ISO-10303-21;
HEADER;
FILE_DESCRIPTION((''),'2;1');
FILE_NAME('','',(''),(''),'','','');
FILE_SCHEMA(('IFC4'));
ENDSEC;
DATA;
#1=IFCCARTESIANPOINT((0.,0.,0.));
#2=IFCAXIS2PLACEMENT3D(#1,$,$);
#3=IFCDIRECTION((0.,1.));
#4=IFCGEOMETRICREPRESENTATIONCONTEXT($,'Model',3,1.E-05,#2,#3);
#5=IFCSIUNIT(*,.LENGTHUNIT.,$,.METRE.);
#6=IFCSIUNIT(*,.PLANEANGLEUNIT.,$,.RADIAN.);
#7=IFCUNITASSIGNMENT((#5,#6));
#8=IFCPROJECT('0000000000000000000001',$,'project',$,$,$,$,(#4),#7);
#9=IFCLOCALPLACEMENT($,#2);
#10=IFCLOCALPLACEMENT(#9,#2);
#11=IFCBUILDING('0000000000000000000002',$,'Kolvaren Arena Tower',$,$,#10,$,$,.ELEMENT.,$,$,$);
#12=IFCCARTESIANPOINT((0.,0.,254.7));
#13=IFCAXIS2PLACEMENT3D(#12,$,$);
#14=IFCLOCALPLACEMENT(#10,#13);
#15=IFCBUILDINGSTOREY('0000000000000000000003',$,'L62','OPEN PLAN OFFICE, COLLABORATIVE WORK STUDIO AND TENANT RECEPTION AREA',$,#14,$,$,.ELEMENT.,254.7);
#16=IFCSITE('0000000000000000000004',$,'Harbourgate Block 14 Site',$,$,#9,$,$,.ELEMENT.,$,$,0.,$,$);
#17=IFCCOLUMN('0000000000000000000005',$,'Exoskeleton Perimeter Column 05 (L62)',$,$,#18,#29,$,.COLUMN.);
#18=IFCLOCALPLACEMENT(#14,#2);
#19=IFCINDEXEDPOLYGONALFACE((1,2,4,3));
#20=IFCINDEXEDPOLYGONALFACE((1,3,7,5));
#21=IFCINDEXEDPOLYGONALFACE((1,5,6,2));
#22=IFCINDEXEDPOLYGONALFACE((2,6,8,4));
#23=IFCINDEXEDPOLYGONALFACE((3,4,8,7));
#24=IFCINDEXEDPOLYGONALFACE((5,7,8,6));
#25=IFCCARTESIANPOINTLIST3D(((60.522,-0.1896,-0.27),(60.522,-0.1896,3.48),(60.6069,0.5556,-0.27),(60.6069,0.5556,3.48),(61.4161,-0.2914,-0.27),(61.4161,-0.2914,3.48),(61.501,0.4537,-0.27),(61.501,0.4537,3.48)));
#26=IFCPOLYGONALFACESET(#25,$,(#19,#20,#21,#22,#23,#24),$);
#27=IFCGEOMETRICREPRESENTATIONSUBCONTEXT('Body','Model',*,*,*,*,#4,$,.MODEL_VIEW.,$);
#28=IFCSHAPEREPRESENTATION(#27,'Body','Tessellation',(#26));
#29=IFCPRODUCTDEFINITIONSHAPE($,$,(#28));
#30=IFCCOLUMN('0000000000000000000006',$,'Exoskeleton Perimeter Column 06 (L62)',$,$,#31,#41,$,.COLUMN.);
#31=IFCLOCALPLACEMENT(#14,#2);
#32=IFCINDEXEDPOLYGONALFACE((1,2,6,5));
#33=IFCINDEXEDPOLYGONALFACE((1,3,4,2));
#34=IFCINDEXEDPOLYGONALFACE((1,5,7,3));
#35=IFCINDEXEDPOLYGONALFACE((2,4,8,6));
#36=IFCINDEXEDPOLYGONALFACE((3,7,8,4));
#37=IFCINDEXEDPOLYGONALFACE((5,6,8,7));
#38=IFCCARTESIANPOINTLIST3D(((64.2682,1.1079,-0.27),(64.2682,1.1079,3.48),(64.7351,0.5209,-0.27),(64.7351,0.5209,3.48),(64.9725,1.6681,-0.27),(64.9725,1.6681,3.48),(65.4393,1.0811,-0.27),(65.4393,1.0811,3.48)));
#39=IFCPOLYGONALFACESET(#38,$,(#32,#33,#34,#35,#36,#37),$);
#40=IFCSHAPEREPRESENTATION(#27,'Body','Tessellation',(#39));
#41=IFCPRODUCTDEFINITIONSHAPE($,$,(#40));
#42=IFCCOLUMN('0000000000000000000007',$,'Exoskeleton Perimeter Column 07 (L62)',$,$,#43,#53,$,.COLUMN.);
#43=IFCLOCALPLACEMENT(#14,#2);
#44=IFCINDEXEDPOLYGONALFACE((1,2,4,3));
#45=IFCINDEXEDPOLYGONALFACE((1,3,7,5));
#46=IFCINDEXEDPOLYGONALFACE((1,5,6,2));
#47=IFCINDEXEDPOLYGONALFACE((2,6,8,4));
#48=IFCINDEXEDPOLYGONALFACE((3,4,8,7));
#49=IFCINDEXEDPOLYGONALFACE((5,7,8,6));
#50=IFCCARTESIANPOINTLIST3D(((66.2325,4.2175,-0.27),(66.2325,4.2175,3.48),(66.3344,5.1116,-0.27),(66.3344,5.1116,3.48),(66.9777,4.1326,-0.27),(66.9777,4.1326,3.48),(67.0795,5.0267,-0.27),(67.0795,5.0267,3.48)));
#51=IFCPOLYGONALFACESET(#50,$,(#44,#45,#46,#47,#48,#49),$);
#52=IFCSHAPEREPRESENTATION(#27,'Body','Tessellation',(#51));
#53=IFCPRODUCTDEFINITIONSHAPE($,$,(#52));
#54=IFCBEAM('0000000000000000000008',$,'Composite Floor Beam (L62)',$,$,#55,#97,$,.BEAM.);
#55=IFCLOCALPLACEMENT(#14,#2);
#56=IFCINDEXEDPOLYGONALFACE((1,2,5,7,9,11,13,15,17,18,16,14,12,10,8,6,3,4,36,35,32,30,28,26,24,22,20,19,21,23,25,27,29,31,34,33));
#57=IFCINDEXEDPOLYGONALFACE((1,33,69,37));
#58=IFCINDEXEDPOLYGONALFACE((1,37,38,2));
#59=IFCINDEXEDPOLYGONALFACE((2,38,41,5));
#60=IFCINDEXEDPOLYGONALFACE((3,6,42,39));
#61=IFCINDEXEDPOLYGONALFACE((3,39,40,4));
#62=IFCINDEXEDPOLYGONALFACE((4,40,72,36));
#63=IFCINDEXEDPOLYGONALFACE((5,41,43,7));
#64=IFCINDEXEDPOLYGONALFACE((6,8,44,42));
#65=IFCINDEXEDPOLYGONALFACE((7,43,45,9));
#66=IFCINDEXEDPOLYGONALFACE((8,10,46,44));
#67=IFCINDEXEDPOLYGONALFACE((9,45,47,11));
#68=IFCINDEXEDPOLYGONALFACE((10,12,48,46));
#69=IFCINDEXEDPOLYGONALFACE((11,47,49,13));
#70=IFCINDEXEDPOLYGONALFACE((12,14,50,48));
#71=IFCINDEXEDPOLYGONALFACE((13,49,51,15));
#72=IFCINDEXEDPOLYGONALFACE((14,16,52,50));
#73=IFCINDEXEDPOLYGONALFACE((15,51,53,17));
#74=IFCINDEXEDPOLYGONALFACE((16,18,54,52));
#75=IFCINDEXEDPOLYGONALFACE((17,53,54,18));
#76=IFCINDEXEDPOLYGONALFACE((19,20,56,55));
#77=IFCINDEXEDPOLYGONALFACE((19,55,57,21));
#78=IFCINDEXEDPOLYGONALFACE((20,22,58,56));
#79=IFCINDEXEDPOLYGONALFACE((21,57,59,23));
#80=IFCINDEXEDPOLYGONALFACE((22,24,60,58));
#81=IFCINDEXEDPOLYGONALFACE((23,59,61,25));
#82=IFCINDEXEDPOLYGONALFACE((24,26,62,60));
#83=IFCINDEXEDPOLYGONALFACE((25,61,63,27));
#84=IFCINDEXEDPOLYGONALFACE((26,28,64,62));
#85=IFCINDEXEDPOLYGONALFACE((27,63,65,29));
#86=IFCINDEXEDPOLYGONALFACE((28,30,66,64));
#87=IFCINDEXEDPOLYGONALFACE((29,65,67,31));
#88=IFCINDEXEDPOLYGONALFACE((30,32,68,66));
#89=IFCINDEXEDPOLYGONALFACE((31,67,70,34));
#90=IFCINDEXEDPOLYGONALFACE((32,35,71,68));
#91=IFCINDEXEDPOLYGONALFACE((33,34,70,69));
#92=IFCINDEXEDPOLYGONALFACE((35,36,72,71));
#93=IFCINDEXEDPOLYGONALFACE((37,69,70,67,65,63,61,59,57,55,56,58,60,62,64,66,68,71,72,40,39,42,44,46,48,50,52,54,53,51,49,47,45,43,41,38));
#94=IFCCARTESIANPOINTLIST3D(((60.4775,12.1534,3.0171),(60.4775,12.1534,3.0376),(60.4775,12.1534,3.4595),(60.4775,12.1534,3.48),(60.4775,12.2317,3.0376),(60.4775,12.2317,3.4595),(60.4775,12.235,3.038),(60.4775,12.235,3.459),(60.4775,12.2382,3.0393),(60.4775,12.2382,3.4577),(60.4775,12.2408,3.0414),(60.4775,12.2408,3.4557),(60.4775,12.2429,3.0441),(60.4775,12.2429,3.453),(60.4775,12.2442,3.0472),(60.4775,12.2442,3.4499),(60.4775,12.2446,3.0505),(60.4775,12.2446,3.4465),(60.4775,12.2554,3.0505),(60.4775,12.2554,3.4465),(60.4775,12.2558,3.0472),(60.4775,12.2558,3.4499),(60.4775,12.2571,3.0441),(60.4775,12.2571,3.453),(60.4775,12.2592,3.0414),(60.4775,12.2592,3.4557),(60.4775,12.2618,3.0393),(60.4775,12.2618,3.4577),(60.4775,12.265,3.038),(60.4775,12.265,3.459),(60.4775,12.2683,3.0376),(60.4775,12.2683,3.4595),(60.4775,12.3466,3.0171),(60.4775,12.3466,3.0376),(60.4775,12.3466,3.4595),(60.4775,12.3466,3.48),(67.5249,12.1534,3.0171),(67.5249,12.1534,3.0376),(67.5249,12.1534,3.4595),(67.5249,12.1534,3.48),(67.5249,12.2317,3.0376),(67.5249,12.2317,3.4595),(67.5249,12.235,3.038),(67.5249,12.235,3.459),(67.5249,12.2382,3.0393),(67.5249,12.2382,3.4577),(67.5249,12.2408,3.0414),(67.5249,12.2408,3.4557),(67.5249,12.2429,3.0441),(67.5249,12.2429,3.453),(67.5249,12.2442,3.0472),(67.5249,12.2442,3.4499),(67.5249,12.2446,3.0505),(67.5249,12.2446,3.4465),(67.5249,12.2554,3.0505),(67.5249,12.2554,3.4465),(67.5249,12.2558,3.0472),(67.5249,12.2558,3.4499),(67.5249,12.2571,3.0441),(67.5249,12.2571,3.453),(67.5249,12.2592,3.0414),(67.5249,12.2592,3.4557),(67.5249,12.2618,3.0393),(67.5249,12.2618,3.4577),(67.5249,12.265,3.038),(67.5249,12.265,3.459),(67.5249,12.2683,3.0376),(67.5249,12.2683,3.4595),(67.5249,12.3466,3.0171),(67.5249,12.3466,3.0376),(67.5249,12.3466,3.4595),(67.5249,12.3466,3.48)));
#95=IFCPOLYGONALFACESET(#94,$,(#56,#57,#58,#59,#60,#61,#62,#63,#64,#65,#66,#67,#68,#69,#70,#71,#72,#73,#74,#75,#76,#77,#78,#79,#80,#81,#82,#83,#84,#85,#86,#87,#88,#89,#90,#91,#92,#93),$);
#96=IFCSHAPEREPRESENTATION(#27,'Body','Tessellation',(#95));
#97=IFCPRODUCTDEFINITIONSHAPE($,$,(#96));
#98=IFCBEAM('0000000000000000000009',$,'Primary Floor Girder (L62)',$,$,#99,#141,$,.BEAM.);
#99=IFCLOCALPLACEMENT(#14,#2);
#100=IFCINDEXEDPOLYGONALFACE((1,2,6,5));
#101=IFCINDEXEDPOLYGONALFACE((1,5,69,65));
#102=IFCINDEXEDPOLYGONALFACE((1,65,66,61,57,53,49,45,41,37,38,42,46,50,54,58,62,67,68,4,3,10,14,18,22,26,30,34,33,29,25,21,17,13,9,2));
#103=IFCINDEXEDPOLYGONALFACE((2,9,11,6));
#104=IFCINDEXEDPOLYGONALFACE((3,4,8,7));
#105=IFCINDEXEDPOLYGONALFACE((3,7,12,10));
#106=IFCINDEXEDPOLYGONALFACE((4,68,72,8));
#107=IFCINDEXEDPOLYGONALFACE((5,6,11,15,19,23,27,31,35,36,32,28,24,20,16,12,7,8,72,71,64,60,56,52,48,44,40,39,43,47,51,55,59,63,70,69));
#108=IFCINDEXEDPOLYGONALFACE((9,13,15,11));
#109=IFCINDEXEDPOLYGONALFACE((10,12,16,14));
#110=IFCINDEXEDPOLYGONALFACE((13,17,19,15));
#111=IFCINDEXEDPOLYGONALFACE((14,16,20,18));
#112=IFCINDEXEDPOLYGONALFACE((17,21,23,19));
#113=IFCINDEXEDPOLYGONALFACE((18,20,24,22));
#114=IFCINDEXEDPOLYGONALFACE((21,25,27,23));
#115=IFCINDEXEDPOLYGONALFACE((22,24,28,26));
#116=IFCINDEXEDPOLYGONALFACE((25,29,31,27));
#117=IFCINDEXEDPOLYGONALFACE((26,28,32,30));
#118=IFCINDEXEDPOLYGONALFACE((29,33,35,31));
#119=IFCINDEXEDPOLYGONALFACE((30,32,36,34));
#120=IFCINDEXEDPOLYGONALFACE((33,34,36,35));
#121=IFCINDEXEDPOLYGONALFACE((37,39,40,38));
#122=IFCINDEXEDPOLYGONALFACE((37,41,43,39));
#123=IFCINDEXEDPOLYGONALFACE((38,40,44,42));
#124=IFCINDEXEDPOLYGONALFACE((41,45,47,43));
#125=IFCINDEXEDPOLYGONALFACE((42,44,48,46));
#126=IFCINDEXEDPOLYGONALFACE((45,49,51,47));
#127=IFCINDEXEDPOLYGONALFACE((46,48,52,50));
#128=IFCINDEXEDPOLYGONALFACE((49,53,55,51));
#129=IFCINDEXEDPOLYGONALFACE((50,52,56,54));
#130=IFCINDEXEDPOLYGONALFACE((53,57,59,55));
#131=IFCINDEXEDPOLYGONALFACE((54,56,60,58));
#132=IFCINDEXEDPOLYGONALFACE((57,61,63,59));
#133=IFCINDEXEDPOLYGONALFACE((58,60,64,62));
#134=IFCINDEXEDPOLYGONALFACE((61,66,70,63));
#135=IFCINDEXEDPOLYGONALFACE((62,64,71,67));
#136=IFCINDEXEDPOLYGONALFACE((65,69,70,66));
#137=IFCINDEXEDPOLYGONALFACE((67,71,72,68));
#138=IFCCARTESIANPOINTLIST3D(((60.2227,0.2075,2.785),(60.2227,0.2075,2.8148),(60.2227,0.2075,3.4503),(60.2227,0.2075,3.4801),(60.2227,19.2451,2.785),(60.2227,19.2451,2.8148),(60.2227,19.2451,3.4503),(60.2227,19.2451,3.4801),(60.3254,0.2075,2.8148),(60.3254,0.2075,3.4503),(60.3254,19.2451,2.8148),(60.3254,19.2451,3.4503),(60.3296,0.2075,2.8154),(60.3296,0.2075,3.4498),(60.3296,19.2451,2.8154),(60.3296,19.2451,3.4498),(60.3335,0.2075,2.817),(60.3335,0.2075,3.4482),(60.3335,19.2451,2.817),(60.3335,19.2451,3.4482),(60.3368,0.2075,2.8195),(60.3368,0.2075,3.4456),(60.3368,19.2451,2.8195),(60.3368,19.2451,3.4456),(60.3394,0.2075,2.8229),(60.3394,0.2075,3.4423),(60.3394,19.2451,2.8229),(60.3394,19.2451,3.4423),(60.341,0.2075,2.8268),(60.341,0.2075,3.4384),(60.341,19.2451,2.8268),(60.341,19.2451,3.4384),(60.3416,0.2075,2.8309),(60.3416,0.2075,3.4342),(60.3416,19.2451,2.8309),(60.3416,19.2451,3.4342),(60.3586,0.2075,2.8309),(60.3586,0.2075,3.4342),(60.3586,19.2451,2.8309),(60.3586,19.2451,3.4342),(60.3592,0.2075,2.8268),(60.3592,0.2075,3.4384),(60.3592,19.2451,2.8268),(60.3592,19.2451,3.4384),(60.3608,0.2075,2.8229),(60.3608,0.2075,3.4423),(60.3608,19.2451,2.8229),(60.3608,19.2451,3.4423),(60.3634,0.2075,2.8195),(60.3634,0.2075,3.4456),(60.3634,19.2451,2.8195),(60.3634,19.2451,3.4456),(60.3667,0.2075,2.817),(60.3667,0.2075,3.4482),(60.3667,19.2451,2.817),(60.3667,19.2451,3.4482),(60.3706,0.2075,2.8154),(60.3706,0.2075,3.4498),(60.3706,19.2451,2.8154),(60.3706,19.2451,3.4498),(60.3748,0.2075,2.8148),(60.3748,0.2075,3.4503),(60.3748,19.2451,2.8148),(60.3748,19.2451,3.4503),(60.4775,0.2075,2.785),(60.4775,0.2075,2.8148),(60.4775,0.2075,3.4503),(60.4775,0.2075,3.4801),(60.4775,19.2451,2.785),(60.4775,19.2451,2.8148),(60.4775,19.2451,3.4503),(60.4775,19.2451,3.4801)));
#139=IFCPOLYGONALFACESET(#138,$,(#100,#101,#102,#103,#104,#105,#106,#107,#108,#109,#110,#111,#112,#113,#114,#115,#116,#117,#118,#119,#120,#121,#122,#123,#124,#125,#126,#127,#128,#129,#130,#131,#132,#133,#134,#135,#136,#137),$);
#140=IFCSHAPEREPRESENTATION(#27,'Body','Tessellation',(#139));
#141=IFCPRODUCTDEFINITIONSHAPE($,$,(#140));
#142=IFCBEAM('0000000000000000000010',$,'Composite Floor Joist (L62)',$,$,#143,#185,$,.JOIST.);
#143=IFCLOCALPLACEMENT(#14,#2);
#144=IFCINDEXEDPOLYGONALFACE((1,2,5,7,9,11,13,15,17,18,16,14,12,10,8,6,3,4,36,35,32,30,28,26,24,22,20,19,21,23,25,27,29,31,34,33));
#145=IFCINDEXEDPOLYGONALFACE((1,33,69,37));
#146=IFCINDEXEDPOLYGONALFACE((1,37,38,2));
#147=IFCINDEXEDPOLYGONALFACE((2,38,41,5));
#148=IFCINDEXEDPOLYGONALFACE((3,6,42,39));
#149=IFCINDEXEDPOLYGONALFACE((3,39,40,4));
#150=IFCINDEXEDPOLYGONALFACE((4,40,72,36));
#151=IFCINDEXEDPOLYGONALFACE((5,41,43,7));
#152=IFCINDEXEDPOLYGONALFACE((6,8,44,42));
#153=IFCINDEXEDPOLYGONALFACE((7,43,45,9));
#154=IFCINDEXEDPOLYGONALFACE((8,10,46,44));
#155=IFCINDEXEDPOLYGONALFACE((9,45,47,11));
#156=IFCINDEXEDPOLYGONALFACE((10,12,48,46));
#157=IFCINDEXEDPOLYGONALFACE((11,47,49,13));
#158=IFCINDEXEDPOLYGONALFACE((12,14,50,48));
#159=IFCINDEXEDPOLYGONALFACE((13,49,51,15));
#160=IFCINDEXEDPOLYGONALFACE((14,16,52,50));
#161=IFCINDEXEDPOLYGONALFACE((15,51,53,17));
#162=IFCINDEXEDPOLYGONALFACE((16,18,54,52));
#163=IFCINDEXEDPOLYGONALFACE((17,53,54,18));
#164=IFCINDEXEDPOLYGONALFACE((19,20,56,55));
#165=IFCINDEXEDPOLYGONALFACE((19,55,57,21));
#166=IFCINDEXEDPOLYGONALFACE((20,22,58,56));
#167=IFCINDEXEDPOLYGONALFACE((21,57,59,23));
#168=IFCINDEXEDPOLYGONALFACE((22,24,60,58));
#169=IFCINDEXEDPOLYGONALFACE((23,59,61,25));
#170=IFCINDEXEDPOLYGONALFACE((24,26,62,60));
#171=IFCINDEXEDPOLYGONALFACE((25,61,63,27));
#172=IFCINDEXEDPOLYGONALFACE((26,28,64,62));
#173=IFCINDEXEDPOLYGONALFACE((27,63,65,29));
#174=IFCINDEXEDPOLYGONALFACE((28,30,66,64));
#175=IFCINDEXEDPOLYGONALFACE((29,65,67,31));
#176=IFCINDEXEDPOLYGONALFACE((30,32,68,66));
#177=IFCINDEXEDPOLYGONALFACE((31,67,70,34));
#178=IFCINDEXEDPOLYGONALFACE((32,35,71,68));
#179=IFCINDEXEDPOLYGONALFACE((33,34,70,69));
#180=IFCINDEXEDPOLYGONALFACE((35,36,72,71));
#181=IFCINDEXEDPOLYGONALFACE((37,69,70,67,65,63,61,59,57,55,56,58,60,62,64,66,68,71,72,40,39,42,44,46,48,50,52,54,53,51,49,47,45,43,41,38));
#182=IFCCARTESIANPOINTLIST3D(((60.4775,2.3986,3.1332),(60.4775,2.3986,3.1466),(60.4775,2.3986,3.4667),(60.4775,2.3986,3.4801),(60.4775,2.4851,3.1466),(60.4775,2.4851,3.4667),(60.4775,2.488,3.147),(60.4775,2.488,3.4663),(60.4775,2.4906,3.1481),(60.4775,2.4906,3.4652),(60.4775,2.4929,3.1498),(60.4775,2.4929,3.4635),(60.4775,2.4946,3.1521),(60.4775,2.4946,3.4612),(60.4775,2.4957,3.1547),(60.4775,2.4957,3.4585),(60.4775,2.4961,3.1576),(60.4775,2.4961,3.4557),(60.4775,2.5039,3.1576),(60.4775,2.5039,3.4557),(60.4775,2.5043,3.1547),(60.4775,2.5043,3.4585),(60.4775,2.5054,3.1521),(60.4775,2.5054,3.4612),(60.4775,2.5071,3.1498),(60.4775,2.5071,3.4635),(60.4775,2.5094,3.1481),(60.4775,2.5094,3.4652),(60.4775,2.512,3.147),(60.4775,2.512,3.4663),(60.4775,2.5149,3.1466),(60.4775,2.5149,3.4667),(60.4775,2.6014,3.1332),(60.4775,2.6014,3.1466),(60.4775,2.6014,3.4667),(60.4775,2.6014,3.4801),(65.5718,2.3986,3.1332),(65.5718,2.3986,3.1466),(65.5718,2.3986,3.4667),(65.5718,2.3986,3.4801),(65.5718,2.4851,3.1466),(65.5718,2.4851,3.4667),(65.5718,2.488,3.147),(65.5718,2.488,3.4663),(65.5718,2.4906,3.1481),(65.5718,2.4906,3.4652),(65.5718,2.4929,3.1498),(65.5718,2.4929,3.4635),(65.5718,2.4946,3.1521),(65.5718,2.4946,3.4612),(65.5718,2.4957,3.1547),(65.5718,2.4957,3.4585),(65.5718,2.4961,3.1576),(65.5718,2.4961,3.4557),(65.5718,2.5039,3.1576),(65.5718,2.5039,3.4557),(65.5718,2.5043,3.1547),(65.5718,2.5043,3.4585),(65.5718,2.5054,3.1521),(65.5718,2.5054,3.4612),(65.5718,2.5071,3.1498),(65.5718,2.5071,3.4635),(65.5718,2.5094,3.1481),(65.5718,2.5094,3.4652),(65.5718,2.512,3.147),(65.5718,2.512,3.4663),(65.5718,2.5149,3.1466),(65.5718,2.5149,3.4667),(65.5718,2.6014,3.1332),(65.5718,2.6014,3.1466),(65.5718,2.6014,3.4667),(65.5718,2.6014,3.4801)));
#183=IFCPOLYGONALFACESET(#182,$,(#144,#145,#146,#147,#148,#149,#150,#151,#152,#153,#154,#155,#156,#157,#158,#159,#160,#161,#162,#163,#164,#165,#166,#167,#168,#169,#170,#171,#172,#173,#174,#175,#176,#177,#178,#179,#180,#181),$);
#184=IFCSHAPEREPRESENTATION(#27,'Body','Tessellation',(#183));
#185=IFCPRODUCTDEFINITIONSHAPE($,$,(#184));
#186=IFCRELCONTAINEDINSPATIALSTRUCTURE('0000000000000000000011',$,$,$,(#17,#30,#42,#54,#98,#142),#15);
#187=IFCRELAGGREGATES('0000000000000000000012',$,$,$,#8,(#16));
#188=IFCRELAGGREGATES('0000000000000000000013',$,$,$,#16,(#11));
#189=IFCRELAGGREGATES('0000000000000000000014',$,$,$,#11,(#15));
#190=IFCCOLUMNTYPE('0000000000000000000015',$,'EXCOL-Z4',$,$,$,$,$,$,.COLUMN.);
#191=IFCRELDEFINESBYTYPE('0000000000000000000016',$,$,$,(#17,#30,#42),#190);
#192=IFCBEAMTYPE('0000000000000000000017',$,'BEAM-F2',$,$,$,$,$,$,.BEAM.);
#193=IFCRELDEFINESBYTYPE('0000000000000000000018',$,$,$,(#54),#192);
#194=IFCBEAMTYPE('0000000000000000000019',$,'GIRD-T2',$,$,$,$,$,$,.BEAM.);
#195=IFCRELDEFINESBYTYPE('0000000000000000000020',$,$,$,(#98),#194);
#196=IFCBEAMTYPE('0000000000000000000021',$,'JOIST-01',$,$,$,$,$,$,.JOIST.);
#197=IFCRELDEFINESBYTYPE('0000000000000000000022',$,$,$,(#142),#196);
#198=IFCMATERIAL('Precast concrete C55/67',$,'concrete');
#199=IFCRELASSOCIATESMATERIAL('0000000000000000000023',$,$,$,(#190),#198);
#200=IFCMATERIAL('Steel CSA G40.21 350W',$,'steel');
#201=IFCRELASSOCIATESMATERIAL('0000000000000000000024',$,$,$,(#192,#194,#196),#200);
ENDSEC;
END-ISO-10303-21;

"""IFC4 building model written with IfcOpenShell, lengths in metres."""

from ifc_helpers import new_model, si_unit, direction, frame, origin, origin_2d, place, context, subcontext, project, spatial, rectangle, i_section, extrude, material, material_profile, profile_set, type_object, element, save


model = new_model("IFC4")

# Units and contexts
model_context = context("Model", 3, precision=1e-05, world=origin(), true_north=direction((0.0, 1.0)))
body_context = subcontext(model_context, "Body", "Model", "MODEL_VIEW")
ifc_project = project(units=[si_unit("LENGTHUNIT", "METRE"), si_unit("PLANEANGLEUNIT", "RADIAN")], contexts=[model_context])

# Site, building, storey
site_placement = place(None, origin())
site = spatial("IfcSite", under=ifc_project, at=site_placement, Name="Harbourgate Block 14 Site", CompositionType="ELEMENT", RefElevation=0.0)
building_placement = place(site_placement, origin())
building = spatial("IfcBuilding", under=site, at=building_placement, Name="Kolvaren Arena Tower", CompositionType="ELEMENT")
storey_placement = place(building_placement, frame((0.0, 0.0, 254.7)))
storey = spatial("IfcBuildingStorey", under=building, at=storey_placement, Name="L62", Description="OPEN PLAN OFFICE, COLLABORATIVE WORK STUDIO AND TENANT RECEPTION AREA", CompositionType="ELEMENT", Elevation=254.7)

# Columns
ifc_material_1 = material(Name="Precast concrete C55/67", Category="concrete")
ifc_material_profile_1 = material_profile(ifc_material_1, rectangle(XDim=0.8999, YDim=0.75, at=origin_2d()), Name="RC-900x750")
ifc_profile_set_1 = profile_set([ifc_material_profile_1], Name="Precast concrete C55/67")
column_type = type_object("IfcColumnType", Name="EXCOL-Z4", PredefinedType="COLUMN", material=ifc_profile_set_1)
for number, where, z_axis, x_axis, name in (
    (1, (61.0115, 0.1321, -0.27), (0.0, 0.0, 1.0), (0.993572, -0.113203, 0.0), "Exoskeleton Perimeter Column 05 (L62)"),
    (2, (64.8538, 1.0945, -0.27), (0.0, 0.0, 1.0), (0.782608, 0.622515, 0.0), "Exoskeleton Perimeter Column 06 (L62)"),
    (3, (66.656, 4.6221, -0.27), (0.0, 0.0, 1.0), (0.113203, 0.993572, 0.0), "Exoskeleton Perimeter Column 07 (L62)"),
):
    element("IfcColumn", number, at=place(storey_placement, frame(where, z_axis=z_axis, x_axis=x_axis)), inside=storey, type_object=column_type, Name=name, PredefinedType="COLUMN", context=body_context, shape_type="SweptSolid", body=[
        extrude(rectangle(XDim=0.8999, YDim=0.75, at=origin_2d()), origin(), (0.0, 0.0, 1.0), 3.75),
    ])

# Beams
ifc_material_2 = material(Name="Steel CSA G40.21 350W", Category="steel")
ifc_material_profile_2 = material_profile(ifc_material_2, i_section(OverallWidth=0.1931, OverallDepth=0.4629, WebThickness=0.0107, FlangeThickness=0.0205, FilletRadius=0.0129, at=origin_2d()), Name="W460x113")
ifc_profile_set_2 = profile_set([ifc_material_profile_2], Name="Steel CSA G40.21 350W")
beam_type_1 = type_object("IfcBeamType", Name="BEAM-F2", PredefinedType="BEAM", material=ifc_profile_set_2)
beam_1_placement = place(storey_placement, frame((60.4775, 12.25, 3.2485), z_axis=(1.0, 0.0, 0.0), x_axis=(0.0, 1.0, 0.0)))
element("IfcBeam", 4, at=beam_1_placement, inside=storey, type_object=beam_type_1, Name="Composite Floor Beam (L62)", PredefinedType="BEAM", context=body_context, shape_type="SweptSolid", body=[
    extrude(i_section(OverallWidth=0.1931, OverallDepth=0.4629, WebThickness=0.0107, FlangeThickness=0.0205, FilletRadius=0.0129, at=origin_2d()), origin(), (0.0, 0.0, 1.0), 7.0474),
])
ifc_material_profile_3 = material_profile(ifc_material_2, i_section(OverallWidth=0.2549, OverallDepth=0.6951, WebThickness=0.0171, FlangeThickness=0.0298, FilletRadius=0.0161, at=origin_2d()), Name="W690x217")
ifc_profile_set_3 = profile_set([ifc_material_profile_3], Name="Steel CSA G40.21 350W")
beam_type_2 = type_object("IfcBeamType", Name="GIRD-T2", PredefinedType="BEAM", material=ifc_profile_set_3)
beam_2_placement = place(storey_placement, frame((60.3501, 0.2075, 3.1326), z_axis=(0.0, 1.0, 0.0), x_axis=(-1.0, 0.0, 0.0)))
element("IfcBeam", 5, at=beam_2_placement, inside=storey, type_object=beam_type_2, Name="Primary Floor Girder (L62)", PredefinedType="BEAM", context=body_context, shape_type="SweptSolid", body=[
    extrude(i_section(OverallWidth=0.2549, OverallDepth=0.6951, WebThickness=0.0171, FlangeThickness=0.0298, FilletRadius=0.0161, at=origin_2d()), origin(), (0.0, 0.0, 1.0), 19.0376),
])
ifc_material_profile_4 = material_profile(ifc_material_2, i_section(OverallWidth=0.2029, OverallDepth=0.3469, WebThickness=0.0078, FlangeThickness=0.0134, FilletRadius=0.011, at=origin_2d()), Name="W360x64")
ifc_profile_set_4 = profile_set([ifc_material_profile_4], Name="Steel CSA G40.21 350W")
beam_type_3 = type_object("IfcBeamType", Name="JOIST-01", PredefinedType="JOIST", material=ifc_profile_set_4)
beam_3_placement = place(storey_placement, frame((60.4775, 2.5, 3.3066), z_axis=(1.0, 0.0, 0.0), x_axis=(0.0, 1.0, 0.0)))
element("IfcBeam", 6, at=beam_3_placement, inside=storey, type_object=beam_type_3, Name="Composite Floor Joist (L62)", PredefinedType="JOIST", context=body_context, shape_type="SweptSolid", body=[
    extrude(i_section(OverallWidth=0.2029, OverallDepth=0.3469, WebThickness=0.0078, FlangeThickness=0.0134, FilletRadius=0.011, at=origin_2d()), origin(), (0.0, 0.0, 1.0), 5.0942),
])

save(model, "model.ifc")
